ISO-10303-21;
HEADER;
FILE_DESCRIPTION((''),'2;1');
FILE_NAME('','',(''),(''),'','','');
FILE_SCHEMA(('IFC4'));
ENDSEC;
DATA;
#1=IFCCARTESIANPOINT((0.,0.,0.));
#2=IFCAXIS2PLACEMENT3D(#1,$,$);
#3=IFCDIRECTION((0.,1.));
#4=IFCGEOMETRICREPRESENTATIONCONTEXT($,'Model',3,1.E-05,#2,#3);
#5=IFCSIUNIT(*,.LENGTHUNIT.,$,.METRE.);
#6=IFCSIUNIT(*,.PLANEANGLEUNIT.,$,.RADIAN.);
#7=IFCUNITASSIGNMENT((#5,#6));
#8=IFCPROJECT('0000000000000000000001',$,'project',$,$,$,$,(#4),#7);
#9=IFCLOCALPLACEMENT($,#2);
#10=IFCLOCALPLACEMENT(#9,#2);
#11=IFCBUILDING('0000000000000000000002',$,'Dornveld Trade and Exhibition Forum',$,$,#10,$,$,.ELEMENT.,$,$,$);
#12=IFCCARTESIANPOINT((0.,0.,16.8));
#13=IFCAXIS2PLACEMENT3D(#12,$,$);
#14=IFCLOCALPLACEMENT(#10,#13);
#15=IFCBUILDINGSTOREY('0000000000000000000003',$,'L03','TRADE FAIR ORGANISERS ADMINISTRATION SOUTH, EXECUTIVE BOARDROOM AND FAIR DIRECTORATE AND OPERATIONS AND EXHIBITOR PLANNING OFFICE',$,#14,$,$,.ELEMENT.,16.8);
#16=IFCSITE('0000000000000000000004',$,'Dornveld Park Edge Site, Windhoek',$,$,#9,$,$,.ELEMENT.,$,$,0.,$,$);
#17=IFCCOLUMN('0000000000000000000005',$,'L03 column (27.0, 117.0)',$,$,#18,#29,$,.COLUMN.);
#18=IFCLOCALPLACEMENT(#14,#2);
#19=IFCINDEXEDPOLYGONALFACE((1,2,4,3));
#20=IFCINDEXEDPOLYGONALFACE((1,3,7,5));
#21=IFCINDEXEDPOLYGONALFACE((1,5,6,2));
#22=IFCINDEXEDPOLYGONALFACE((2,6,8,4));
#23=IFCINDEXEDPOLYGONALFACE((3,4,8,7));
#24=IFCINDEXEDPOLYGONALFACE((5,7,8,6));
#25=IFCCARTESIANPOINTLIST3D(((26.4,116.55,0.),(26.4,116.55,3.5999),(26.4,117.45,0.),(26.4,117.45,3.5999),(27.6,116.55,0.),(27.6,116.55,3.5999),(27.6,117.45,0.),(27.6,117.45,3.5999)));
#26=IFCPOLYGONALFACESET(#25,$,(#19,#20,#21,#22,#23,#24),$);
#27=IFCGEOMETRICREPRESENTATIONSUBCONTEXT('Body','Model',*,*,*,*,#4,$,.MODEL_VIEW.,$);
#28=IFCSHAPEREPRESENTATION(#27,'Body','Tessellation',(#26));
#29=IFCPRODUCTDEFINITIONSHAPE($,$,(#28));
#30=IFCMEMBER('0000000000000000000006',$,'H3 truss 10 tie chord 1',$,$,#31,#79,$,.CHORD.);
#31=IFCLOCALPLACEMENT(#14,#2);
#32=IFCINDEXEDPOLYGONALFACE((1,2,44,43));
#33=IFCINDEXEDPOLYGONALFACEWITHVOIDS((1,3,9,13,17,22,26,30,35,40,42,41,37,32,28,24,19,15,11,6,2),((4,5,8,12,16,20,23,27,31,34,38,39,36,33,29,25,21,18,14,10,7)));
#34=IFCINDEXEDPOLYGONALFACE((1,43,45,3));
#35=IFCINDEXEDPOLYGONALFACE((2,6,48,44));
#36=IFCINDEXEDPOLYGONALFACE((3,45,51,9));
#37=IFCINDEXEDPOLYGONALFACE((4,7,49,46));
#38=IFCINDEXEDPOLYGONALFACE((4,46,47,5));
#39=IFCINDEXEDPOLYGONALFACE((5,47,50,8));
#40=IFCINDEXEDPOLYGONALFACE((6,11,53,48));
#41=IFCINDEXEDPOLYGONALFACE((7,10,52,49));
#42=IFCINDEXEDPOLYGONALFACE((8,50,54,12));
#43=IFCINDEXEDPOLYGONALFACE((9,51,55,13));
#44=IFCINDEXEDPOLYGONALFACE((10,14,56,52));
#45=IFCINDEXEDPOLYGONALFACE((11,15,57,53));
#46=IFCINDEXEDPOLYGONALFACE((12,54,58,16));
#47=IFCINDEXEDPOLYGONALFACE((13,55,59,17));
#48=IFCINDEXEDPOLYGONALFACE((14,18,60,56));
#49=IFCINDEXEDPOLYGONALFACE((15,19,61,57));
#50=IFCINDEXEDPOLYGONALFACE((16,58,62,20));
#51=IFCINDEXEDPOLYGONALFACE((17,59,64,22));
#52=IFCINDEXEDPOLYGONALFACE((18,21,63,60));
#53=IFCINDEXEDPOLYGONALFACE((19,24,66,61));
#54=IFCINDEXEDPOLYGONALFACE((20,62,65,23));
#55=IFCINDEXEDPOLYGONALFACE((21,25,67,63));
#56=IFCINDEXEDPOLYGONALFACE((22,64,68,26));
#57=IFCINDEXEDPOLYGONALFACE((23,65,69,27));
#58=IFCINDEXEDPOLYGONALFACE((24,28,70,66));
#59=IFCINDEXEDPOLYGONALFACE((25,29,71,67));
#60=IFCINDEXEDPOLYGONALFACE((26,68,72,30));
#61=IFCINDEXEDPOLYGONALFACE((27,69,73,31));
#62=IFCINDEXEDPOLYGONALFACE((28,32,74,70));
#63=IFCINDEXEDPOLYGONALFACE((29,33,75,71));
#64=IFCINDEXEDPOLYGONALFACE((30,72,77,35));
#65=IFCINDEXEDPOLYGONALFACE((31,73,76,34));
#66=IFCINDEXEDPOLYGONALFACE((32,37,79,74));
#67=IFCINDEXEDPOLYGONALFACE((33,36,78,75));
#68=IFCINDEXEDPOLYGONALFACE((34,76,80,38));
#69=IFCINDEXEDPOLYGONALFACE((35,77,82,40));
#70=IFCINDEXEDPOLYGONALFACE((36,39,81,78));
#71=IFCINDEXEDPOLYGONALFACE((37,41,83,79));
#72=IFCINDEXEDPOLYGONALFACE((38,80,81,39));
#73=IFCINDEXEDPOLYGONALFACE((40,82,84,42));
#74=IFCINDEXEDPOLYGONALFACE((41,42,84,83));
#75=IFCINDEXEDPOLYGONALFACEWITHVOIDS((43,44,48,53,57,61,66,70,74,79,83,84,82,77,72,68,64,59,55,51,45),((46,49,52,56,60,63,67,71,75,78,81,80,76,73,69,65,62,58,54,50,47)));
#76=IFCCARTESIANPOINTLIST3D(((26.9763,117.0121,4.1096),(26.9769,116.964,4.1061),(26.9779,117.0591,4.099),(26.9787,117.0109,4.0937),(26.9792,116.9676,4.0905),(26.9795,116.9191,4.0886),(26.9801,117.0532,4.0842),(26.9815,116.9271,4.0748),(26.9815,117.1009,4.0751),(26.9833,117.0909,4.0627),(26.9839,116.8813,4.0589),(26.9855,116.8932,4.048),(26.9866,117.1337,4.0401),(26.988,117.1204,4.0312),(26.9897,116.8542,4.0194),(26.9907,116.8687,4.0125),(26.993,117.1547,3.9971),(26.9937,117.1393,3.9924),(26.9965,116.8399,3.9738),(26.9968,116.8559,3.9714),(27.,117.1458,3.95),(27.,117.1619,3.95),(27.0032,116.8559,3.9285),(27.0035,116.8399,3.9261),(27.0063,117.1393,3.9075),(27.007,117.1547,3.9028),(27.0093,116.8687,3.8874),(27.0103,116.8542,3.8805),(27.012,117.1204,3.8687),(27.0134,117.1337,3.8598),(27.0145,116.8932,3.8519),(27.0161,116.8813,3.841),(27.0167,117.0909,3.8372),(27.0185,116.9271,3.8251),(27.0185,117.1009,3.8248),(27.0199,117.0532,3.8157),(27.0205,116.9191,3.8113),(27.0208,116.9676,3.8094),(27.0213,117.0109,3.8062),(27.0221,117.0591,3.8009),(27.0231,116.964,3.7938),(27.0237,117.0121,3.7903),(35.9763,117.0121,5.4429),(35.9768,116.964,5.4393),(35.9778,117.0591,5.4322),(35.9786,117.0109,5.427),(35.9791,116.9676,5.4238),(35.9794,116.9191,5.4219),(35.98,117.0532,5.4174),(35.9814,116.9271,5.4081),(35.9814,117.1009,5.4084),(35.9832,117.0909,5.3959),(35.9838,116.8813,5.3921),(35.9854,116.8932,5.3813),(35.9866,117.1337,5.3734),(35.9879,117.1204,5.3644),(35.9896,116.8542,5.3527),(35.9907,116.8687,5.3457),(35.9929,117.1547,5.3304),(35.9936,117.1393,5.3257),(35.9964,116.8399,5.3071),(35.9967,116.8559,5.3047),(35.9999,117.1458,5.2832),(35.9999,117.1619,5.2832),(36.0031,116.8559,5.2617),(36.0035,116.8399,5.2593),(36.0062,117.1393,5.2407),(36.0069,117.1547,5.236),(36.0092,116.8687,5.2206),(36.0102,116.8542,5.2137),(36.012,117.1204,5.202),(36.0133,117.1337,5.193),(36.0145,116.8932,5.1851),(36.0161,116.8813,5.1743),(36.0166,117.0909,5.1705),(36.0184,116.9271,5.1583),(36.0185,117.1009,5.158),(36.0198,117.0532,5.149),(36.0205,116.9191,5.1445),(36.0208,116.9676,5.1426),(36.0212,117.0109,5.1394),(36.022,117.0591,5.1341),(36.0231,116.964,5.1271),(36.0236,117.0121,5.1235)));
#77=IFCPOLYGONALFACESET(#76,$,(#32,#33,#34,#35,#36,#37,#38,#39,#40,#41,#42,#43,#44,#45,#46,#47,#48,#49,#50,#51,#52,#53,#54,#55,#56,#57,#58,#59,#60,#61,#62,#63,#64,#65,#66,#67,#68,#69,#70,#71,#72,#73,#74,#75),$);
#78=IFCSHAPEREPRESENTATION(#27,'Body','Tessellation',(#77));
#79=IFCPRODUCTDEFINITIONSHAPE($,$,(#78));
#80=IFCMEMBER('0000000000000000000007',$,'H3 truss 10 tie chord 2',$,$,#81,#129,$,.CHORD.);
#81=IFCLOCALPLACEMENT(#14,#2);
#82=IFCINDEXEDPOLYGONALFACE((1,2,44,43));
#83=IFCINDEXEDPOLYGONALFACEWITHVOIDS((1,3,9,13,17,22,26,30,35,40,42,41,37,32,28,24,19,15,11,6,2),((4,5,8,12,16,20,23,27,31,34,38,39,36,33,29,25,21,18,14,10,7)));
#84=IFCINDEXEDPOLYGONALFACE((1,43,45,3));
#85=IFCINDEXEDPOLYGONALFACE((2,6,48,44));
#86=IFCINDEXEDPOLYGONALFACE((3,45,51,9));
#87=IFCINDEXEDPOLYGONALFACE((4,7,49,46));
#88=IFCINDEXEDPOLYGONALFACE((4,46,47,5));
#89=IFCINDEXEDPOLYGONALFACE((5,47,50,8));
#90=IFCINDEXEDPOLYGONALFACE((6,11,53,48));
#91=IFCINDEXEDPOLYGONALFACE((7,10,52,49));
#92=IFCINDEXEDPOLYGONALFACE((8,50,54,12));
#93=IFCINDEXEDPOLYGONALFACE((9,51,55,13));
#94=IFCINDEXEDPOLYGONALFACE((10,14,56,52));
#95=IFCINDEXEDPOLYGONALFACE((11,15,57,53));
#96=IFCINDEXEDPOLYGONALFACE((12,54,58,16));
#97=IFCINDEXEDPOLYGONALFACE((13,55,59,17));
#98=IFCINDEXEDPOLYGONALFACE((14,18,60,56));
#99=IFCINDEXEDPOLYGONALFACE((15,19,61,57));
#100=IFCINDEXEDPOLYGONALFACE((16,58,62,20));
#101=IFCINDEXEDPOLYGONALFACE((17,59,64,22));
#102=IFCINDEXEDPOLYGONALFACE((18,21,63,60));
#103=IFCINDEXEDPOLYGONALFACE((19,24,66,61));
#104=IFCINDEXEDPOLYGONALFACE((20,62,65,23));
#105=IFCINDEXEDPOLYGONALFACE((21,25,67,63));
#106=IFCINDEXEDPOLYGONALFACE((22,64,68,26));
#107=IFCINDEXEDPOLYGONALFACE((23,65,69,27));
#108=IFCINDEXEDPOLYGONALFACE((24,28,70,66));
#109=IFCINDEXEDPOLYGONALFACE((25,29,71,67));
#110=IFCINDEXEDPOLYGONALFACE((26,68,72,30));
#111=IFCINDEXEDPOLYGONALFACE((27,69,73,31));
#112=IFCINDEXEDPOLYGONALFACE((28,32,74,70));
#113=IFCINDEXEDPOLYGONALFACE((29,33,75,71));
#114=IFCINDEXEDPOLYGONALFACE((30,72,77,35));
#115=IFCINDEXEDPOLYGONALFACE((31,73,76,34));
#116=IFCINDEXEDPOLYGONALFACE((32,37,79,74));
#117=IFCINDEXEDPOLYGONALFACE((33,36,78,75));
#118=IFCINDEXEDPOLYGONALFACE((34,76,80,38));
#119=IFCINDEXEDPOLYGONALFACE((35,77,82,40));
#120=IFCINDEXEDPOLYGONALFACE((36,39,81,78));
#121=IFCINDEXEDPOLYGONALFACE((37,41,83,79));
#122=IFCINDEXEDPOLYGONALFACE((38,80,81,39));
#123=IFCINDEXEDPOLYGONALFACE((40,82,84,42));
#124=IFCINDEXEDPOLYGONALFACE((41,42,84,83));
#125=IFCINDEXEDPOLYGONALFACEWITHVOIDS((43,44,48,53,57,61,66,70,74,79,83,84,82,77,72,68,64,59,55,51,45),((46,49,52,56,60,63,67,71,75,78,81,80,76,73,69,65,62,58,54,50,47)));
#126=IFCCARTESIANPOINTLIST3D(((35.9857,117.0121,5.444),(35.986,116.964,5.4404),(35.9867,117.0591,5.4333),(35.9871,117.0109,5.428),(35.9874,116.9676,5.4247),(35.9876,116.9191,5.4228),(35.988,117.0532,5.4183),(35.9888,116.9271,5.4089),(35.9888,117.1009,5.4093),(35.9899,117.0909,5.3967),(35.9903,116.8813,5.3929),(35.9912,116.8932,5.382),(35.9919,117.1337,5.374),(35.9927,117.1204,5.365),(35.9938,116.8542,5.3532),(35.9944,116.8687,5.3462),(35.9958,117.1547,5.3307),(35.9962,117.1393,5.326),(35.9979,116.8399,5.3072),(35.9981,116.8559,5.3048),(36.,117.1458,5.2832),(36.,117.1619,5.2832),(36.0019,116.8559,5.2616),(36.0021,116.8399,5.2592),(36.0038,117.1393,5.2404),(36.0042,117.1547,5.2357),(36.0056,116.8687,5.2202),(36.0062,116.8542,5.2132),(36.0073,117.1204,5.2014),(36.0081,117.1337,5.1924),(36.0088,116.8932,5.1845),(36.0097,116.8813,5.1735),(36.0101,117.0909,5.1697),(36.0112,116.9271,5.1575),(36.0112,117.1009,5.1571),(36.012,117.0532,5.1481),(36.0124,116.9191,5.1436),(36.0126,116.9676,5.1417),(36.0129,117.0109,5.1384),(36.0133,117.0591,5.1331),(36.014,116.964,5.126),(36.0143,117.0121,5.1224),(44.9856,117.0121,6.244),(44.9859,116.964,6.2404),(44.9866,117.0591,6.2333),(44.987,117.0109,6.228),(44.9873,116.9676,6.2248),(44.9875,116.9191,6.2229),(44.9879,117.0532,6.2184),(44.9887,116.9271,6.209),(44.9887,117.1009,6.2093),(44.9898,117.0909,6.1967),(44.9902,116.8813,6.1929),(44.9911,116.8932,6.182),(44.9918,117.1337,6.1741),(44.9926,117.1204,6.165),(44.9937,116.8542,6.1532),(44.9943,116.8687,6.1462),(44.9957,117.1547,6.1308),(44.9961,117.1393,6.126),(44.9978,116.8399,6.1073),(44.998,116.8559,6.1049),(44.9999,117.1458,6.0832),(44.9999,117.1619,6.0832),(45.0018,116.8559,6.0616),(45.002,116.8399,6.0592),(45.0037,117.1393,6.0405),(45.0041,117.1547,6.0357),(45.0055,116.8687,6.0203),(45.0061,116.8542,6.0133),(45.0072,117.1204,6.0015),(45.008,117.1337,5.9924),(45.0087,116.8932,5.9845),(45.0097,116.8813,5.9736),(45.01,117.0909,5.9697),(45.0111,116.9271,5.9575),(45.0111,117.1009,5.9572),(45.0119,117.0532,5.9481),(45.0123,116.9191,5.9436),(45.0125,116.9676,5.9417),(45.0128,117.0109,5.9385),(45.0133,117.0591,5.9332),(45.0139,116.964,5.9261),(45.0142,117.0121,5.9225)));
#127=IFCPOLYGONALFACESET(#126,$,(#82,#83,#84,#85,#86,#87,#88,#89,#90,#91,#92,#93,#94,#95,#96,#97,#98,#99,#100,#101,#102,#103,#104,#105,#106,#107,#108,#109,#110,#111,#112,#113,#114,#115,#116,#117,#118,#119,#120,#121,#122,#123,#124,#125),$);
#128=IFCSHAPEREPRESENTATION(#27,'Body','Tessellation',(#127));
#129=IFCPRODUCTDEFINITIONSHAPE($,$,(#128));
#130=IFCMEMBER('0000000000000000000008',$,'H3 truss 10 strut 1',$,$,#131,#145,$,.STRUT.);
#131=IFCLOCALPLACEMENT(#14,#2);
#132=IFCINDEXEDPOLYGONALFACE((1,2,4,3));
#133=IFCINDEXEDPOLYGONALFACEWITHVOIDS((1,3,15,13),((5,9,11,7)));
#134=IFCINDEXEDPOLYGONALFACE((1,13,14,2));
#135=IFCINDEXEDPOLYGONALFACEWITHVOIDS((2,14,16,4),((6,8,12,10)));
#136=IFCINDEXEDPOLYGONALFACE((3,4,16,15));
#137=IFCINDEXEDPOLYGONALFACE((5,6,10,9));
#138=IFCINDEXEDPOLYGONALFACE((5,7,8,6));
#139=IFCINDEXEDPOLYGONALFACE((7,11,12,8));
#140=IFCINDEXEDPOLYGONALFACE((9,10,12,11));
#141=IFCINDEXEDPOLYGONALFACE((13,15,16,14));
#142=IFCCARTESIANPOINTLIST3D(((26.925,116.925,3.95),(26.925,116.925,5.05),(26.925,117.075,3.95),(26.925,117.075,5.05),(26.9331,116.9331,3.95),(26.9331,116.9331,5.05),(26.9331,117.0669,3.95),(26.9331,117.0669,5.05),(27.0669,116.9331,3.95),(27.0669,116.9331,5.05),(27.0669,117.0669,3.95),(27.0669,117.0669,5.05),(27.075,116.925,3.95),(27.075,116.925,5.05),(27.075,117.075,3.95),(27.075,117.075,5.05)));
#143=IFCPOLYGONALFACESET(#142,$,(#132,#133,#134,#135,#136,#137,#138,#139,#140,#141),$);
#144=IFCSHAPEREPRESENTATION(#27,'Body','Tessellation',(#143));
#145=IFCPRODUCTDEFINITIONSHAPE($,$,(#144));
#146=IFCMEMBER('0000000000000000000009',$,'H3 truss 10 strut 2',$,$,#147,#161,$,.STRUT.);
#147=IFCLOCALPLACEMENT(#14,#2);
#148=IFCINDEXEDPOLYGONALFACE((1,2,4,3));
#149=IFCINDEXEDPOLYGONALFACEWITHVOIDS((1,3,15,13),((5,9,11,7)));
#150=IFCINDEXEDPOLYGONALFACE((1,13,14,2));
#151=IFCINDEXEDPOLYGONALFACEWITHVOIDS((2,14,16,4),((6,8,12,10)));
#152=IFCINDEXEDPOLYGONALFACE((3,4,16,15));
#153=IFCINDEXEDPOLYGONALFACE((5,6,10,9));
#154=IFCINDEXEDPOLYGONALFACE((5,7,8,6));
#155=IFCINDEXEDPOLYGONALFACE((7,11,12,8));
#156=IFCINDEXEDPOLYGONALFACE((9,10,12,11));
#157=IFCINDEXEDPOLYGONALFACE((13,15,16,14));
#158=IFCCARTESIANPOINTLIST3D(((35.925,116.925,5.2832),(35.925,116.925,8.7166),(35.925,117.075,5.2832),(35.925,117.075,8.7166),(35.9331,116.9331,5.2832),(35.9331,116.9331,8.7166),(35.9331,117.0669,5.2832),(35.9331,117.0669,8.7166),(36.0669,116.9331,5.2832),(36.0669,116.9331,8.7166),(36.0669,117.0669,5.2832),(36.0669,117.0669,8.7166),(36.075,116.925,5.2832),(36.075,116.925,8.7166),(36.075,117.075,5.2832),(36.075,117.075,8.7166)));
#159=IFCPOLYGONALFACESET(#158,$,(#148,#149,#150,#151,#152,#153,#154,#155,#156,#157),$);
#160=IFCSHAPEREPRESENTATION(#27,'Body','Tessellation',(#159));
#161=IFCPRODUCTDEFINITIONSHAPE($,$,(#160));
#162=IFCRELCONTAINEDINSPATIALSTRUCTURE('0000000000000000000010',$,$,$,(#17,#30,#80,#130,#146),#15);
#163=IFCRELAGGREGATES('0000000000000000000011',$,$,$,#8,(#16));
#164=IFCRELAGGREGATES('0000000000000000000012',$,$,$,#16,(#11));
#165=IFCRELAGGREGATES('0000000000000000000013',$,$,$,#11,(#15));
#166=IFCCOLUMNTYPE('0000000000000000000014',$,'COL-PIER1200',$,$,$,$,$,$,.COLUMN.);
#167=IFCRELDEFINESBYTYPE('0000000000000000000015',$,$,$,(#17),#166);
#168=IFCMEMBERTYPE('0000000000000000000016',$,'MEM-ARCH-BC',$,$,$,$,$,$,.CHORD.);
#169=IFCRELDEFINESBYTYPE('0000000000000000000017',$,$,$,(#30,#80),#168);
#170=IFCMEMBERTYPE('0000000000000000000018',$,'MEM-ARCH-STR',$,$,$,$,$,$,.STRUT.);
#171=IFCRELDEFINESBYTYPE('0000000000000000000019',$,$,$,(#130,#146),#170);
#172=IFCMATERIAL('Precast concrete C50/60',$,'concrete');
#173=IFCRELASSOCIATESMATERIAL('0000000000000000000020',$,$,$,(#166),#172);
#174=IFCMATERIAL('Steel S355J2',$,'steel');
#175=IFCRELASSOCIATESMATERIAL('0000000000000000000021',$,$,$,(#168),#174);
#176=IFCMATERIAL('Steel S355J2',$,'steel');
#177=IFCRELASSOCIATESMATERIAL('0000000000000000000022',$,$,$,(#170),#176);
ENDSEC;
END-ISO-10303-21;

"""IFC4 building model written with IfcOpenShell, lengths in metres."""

from ifc_helpers import new_model, si_unit, direction, frame, origin, origin_2d, place, context, subcontext, project, spatial, rectangle, hollow_rectangle, hollow_circle, extrude, material, material_profile, profile_set, type_object, element, save


model = new_model("IFC4")

# Units and contexts
model_context = context("Model", 3, precision=1e-05, world=origin(), true_north=direction((0.0, 1.0)))
body_context = subcontext(model_context, "Body", "Model", "MODEL_VIEW")
ifc_project = project(units=[si_unit("LENGTHUNIT", "METRE"), si_unit("PLANEANGLEUNIT", "RADIAN")], contexts=[model_context])

# Site, building, storey
site_placement = place(None, origin())
site = spatial("IfcSite", under=ifc_project, at=site_placement, Name="Dornveld Park Edge Site, Windhoek", CompositionType="ELEMENT", RefElevation=0.0)
building_placement = place(site_placement, origin())
building = spatial("IfcBuilding", under=site, at=building_placement, Name="Dornveld Trade and Exhibition Forum", CompositionType="ELEMENT")
storey_placement = place(building_placement, frame((0.0, 0.0, 16.8)))
storey = spatial("IfcBuildingStorey", under=building, at=storey_placement, Name="L03", Description="TRADE FAIR ORGANISERS ADMINISTRATION SOUTH, EXECUTIVE BOARDROOM AND FAIR DIRECTORATE AND OPERATIONS AND EXHIBITOR PLANNING OFFICE", CompositionType="ELEMENT", Elevation=16.8)

# Column
ifc_material_1 = material(Name="Precast concrete C50/60", Category="concrete")
ifc_material_profile_1 = material_profile(ifc_material_1, rectangle(XDim=1.2, YDim=0.8999, at=origin_2d()), Name="PC-PIER 1200x900")
ifc_profile_set_1 = profile_set([ifc_material_profile_1], Name="Precast concrete C50/60")
column_type = type_object("IfcColumnType", Name="COL-PIER1200", PredefinedType="COLUMN", material=ifc_profile_set_1)
column_placement = place(storey_placement, frame((27.0, 117.0, 0.0), z_axis=(0.0, 0.0, 1.0), x_axis=(1.0, 0.0, 0.0)))
element("IfcColumn", 1, at=column_placement, inside=storey, type_object=column_type, Name="L03 column (27.0, 117.0)", PredefinedType="COLUMN", context=body_context, shape_type="SweptSolid", body=[
    extrude(rectangle(XDim=1.2, YDim=0.8999, at=origin_2d()), origin(), (0.0, 0.0, 1.0), 3.5999),
])

# Members
ifc_material_2 = material(Name="Steel S355J2", Category="steel")
ifc_material_profile_2 = material_profile(ifc_material_2, hollow_circle(Radius=0.1619, WallThickness=0.0161, at=origin_2d()), Name="CHS 323.9x16")
ifc_profile_set_2 = profile_set([ifc_material_profile_2], Name="Steel S355J2")
member_type_1 = type_object("IfcMemberType", Name="MEM-ARCH-BC", PredefinedType="CHORD", material=ifc_profile_set_2)
member_1_placement = place(storey_placement, frame((27.0, 117.0, 3.95), z_axis=(0.989205, 0.0, 0.14654), x_axis=(0.0, 1.0, 0.0)))
element("IfcMember", 2, at=member_1_placement, inside=storey, type_object=member_type_1, Name="H3 truss 10 tie chord 1", PredefinedType="CHORD", context=body_context, shape_type="SweptSolid", body=[
    extrude(hollow_circle(Radius=0.1619, WallThickness=0.0161, at=origin_2d()), origin(), (0.0, 0.0, 1.0), 9.0981),
])
member_2_placement = place(storey_placement, frame((36.0, 117.0, 5.2832), z_axis=(0.996072, 0.0, 0.088545), x_axis=(0.0, 1.0, 0.0)))
element("IfcMember", 3, at=member_2_placement, inside=storey, type_object=member_type_1, Name="H3 truss 10 tie chord 2", PredefinedType="CHORD", context=body_context, shape_type="SweptSolid", body=[
    extrude(hollow_circle(Radius=0.1619, WallThickness=0.0161, at=origin_2d()), origin(), (0.0, 0.0, 1.0), 9.0354),
])
ifc_material_3 = material(Name="Steel S355J2", Category="steel")
ifc_material_profile_3 = material_profile(ifc_material_3, hollow_rectangle(XDim=0.1499, YDim=0.1499, WallThickness=0.0081, at=origin_2d()), Name="SHS 150x150x8")
ifc_profile_set_3 = profile_set([ifc_material_profile_3], Name="Steel S355J2")
member_type_2 = type_object("IfcMemberType", Name="MEM-ARCH-STR", PredefinedType="STRUT", material=ifc_profile_set_3)
member_3_placement = place(storey_placement, frame((27.0, 117.0, 3.95), z_axis=(0.0, 0.0, 1.0), x_axis=(1.0, 0.0, 0.0)))
element("IfcMember", 4, at=member_3_placement, inside=storey, type_object=member_type_2, Name="H3 truss 10 strut 1", PredefinedType="STRUT", context=body_context, shape_type="SweptSolid", body=[
    extrude(hollow_rectangle(XDim=0.1499, YDim=0.1499, WallThickness=0.0081, at=origin_2d()), origin(), (0.0, 0.0, 1.0), 1.1001),
])
member_4_placement = place(storey_placement, frame((36.0, 117.0, 5.2832), z_axis=(0.0, 0.0, 1.0), x_axis=(1.0, 0.0, 0.0)))
element("IfcMember", 5, at=member_4_placement, inside=storey, type_object=member_type_2, Name="H3 truss 10 strut 2", PredefinedType="STRUT", context=body_context, shape_type="SweptSolid", body=[
    extrude(hollow_rectangle(XDim=0.1499, YDim=0.1499, WallThickness=0.0081, at=origin_2d()), origin(), (0.0, 0.0, 1.0), 3.4333),
])

save(model, "model.ifc")
